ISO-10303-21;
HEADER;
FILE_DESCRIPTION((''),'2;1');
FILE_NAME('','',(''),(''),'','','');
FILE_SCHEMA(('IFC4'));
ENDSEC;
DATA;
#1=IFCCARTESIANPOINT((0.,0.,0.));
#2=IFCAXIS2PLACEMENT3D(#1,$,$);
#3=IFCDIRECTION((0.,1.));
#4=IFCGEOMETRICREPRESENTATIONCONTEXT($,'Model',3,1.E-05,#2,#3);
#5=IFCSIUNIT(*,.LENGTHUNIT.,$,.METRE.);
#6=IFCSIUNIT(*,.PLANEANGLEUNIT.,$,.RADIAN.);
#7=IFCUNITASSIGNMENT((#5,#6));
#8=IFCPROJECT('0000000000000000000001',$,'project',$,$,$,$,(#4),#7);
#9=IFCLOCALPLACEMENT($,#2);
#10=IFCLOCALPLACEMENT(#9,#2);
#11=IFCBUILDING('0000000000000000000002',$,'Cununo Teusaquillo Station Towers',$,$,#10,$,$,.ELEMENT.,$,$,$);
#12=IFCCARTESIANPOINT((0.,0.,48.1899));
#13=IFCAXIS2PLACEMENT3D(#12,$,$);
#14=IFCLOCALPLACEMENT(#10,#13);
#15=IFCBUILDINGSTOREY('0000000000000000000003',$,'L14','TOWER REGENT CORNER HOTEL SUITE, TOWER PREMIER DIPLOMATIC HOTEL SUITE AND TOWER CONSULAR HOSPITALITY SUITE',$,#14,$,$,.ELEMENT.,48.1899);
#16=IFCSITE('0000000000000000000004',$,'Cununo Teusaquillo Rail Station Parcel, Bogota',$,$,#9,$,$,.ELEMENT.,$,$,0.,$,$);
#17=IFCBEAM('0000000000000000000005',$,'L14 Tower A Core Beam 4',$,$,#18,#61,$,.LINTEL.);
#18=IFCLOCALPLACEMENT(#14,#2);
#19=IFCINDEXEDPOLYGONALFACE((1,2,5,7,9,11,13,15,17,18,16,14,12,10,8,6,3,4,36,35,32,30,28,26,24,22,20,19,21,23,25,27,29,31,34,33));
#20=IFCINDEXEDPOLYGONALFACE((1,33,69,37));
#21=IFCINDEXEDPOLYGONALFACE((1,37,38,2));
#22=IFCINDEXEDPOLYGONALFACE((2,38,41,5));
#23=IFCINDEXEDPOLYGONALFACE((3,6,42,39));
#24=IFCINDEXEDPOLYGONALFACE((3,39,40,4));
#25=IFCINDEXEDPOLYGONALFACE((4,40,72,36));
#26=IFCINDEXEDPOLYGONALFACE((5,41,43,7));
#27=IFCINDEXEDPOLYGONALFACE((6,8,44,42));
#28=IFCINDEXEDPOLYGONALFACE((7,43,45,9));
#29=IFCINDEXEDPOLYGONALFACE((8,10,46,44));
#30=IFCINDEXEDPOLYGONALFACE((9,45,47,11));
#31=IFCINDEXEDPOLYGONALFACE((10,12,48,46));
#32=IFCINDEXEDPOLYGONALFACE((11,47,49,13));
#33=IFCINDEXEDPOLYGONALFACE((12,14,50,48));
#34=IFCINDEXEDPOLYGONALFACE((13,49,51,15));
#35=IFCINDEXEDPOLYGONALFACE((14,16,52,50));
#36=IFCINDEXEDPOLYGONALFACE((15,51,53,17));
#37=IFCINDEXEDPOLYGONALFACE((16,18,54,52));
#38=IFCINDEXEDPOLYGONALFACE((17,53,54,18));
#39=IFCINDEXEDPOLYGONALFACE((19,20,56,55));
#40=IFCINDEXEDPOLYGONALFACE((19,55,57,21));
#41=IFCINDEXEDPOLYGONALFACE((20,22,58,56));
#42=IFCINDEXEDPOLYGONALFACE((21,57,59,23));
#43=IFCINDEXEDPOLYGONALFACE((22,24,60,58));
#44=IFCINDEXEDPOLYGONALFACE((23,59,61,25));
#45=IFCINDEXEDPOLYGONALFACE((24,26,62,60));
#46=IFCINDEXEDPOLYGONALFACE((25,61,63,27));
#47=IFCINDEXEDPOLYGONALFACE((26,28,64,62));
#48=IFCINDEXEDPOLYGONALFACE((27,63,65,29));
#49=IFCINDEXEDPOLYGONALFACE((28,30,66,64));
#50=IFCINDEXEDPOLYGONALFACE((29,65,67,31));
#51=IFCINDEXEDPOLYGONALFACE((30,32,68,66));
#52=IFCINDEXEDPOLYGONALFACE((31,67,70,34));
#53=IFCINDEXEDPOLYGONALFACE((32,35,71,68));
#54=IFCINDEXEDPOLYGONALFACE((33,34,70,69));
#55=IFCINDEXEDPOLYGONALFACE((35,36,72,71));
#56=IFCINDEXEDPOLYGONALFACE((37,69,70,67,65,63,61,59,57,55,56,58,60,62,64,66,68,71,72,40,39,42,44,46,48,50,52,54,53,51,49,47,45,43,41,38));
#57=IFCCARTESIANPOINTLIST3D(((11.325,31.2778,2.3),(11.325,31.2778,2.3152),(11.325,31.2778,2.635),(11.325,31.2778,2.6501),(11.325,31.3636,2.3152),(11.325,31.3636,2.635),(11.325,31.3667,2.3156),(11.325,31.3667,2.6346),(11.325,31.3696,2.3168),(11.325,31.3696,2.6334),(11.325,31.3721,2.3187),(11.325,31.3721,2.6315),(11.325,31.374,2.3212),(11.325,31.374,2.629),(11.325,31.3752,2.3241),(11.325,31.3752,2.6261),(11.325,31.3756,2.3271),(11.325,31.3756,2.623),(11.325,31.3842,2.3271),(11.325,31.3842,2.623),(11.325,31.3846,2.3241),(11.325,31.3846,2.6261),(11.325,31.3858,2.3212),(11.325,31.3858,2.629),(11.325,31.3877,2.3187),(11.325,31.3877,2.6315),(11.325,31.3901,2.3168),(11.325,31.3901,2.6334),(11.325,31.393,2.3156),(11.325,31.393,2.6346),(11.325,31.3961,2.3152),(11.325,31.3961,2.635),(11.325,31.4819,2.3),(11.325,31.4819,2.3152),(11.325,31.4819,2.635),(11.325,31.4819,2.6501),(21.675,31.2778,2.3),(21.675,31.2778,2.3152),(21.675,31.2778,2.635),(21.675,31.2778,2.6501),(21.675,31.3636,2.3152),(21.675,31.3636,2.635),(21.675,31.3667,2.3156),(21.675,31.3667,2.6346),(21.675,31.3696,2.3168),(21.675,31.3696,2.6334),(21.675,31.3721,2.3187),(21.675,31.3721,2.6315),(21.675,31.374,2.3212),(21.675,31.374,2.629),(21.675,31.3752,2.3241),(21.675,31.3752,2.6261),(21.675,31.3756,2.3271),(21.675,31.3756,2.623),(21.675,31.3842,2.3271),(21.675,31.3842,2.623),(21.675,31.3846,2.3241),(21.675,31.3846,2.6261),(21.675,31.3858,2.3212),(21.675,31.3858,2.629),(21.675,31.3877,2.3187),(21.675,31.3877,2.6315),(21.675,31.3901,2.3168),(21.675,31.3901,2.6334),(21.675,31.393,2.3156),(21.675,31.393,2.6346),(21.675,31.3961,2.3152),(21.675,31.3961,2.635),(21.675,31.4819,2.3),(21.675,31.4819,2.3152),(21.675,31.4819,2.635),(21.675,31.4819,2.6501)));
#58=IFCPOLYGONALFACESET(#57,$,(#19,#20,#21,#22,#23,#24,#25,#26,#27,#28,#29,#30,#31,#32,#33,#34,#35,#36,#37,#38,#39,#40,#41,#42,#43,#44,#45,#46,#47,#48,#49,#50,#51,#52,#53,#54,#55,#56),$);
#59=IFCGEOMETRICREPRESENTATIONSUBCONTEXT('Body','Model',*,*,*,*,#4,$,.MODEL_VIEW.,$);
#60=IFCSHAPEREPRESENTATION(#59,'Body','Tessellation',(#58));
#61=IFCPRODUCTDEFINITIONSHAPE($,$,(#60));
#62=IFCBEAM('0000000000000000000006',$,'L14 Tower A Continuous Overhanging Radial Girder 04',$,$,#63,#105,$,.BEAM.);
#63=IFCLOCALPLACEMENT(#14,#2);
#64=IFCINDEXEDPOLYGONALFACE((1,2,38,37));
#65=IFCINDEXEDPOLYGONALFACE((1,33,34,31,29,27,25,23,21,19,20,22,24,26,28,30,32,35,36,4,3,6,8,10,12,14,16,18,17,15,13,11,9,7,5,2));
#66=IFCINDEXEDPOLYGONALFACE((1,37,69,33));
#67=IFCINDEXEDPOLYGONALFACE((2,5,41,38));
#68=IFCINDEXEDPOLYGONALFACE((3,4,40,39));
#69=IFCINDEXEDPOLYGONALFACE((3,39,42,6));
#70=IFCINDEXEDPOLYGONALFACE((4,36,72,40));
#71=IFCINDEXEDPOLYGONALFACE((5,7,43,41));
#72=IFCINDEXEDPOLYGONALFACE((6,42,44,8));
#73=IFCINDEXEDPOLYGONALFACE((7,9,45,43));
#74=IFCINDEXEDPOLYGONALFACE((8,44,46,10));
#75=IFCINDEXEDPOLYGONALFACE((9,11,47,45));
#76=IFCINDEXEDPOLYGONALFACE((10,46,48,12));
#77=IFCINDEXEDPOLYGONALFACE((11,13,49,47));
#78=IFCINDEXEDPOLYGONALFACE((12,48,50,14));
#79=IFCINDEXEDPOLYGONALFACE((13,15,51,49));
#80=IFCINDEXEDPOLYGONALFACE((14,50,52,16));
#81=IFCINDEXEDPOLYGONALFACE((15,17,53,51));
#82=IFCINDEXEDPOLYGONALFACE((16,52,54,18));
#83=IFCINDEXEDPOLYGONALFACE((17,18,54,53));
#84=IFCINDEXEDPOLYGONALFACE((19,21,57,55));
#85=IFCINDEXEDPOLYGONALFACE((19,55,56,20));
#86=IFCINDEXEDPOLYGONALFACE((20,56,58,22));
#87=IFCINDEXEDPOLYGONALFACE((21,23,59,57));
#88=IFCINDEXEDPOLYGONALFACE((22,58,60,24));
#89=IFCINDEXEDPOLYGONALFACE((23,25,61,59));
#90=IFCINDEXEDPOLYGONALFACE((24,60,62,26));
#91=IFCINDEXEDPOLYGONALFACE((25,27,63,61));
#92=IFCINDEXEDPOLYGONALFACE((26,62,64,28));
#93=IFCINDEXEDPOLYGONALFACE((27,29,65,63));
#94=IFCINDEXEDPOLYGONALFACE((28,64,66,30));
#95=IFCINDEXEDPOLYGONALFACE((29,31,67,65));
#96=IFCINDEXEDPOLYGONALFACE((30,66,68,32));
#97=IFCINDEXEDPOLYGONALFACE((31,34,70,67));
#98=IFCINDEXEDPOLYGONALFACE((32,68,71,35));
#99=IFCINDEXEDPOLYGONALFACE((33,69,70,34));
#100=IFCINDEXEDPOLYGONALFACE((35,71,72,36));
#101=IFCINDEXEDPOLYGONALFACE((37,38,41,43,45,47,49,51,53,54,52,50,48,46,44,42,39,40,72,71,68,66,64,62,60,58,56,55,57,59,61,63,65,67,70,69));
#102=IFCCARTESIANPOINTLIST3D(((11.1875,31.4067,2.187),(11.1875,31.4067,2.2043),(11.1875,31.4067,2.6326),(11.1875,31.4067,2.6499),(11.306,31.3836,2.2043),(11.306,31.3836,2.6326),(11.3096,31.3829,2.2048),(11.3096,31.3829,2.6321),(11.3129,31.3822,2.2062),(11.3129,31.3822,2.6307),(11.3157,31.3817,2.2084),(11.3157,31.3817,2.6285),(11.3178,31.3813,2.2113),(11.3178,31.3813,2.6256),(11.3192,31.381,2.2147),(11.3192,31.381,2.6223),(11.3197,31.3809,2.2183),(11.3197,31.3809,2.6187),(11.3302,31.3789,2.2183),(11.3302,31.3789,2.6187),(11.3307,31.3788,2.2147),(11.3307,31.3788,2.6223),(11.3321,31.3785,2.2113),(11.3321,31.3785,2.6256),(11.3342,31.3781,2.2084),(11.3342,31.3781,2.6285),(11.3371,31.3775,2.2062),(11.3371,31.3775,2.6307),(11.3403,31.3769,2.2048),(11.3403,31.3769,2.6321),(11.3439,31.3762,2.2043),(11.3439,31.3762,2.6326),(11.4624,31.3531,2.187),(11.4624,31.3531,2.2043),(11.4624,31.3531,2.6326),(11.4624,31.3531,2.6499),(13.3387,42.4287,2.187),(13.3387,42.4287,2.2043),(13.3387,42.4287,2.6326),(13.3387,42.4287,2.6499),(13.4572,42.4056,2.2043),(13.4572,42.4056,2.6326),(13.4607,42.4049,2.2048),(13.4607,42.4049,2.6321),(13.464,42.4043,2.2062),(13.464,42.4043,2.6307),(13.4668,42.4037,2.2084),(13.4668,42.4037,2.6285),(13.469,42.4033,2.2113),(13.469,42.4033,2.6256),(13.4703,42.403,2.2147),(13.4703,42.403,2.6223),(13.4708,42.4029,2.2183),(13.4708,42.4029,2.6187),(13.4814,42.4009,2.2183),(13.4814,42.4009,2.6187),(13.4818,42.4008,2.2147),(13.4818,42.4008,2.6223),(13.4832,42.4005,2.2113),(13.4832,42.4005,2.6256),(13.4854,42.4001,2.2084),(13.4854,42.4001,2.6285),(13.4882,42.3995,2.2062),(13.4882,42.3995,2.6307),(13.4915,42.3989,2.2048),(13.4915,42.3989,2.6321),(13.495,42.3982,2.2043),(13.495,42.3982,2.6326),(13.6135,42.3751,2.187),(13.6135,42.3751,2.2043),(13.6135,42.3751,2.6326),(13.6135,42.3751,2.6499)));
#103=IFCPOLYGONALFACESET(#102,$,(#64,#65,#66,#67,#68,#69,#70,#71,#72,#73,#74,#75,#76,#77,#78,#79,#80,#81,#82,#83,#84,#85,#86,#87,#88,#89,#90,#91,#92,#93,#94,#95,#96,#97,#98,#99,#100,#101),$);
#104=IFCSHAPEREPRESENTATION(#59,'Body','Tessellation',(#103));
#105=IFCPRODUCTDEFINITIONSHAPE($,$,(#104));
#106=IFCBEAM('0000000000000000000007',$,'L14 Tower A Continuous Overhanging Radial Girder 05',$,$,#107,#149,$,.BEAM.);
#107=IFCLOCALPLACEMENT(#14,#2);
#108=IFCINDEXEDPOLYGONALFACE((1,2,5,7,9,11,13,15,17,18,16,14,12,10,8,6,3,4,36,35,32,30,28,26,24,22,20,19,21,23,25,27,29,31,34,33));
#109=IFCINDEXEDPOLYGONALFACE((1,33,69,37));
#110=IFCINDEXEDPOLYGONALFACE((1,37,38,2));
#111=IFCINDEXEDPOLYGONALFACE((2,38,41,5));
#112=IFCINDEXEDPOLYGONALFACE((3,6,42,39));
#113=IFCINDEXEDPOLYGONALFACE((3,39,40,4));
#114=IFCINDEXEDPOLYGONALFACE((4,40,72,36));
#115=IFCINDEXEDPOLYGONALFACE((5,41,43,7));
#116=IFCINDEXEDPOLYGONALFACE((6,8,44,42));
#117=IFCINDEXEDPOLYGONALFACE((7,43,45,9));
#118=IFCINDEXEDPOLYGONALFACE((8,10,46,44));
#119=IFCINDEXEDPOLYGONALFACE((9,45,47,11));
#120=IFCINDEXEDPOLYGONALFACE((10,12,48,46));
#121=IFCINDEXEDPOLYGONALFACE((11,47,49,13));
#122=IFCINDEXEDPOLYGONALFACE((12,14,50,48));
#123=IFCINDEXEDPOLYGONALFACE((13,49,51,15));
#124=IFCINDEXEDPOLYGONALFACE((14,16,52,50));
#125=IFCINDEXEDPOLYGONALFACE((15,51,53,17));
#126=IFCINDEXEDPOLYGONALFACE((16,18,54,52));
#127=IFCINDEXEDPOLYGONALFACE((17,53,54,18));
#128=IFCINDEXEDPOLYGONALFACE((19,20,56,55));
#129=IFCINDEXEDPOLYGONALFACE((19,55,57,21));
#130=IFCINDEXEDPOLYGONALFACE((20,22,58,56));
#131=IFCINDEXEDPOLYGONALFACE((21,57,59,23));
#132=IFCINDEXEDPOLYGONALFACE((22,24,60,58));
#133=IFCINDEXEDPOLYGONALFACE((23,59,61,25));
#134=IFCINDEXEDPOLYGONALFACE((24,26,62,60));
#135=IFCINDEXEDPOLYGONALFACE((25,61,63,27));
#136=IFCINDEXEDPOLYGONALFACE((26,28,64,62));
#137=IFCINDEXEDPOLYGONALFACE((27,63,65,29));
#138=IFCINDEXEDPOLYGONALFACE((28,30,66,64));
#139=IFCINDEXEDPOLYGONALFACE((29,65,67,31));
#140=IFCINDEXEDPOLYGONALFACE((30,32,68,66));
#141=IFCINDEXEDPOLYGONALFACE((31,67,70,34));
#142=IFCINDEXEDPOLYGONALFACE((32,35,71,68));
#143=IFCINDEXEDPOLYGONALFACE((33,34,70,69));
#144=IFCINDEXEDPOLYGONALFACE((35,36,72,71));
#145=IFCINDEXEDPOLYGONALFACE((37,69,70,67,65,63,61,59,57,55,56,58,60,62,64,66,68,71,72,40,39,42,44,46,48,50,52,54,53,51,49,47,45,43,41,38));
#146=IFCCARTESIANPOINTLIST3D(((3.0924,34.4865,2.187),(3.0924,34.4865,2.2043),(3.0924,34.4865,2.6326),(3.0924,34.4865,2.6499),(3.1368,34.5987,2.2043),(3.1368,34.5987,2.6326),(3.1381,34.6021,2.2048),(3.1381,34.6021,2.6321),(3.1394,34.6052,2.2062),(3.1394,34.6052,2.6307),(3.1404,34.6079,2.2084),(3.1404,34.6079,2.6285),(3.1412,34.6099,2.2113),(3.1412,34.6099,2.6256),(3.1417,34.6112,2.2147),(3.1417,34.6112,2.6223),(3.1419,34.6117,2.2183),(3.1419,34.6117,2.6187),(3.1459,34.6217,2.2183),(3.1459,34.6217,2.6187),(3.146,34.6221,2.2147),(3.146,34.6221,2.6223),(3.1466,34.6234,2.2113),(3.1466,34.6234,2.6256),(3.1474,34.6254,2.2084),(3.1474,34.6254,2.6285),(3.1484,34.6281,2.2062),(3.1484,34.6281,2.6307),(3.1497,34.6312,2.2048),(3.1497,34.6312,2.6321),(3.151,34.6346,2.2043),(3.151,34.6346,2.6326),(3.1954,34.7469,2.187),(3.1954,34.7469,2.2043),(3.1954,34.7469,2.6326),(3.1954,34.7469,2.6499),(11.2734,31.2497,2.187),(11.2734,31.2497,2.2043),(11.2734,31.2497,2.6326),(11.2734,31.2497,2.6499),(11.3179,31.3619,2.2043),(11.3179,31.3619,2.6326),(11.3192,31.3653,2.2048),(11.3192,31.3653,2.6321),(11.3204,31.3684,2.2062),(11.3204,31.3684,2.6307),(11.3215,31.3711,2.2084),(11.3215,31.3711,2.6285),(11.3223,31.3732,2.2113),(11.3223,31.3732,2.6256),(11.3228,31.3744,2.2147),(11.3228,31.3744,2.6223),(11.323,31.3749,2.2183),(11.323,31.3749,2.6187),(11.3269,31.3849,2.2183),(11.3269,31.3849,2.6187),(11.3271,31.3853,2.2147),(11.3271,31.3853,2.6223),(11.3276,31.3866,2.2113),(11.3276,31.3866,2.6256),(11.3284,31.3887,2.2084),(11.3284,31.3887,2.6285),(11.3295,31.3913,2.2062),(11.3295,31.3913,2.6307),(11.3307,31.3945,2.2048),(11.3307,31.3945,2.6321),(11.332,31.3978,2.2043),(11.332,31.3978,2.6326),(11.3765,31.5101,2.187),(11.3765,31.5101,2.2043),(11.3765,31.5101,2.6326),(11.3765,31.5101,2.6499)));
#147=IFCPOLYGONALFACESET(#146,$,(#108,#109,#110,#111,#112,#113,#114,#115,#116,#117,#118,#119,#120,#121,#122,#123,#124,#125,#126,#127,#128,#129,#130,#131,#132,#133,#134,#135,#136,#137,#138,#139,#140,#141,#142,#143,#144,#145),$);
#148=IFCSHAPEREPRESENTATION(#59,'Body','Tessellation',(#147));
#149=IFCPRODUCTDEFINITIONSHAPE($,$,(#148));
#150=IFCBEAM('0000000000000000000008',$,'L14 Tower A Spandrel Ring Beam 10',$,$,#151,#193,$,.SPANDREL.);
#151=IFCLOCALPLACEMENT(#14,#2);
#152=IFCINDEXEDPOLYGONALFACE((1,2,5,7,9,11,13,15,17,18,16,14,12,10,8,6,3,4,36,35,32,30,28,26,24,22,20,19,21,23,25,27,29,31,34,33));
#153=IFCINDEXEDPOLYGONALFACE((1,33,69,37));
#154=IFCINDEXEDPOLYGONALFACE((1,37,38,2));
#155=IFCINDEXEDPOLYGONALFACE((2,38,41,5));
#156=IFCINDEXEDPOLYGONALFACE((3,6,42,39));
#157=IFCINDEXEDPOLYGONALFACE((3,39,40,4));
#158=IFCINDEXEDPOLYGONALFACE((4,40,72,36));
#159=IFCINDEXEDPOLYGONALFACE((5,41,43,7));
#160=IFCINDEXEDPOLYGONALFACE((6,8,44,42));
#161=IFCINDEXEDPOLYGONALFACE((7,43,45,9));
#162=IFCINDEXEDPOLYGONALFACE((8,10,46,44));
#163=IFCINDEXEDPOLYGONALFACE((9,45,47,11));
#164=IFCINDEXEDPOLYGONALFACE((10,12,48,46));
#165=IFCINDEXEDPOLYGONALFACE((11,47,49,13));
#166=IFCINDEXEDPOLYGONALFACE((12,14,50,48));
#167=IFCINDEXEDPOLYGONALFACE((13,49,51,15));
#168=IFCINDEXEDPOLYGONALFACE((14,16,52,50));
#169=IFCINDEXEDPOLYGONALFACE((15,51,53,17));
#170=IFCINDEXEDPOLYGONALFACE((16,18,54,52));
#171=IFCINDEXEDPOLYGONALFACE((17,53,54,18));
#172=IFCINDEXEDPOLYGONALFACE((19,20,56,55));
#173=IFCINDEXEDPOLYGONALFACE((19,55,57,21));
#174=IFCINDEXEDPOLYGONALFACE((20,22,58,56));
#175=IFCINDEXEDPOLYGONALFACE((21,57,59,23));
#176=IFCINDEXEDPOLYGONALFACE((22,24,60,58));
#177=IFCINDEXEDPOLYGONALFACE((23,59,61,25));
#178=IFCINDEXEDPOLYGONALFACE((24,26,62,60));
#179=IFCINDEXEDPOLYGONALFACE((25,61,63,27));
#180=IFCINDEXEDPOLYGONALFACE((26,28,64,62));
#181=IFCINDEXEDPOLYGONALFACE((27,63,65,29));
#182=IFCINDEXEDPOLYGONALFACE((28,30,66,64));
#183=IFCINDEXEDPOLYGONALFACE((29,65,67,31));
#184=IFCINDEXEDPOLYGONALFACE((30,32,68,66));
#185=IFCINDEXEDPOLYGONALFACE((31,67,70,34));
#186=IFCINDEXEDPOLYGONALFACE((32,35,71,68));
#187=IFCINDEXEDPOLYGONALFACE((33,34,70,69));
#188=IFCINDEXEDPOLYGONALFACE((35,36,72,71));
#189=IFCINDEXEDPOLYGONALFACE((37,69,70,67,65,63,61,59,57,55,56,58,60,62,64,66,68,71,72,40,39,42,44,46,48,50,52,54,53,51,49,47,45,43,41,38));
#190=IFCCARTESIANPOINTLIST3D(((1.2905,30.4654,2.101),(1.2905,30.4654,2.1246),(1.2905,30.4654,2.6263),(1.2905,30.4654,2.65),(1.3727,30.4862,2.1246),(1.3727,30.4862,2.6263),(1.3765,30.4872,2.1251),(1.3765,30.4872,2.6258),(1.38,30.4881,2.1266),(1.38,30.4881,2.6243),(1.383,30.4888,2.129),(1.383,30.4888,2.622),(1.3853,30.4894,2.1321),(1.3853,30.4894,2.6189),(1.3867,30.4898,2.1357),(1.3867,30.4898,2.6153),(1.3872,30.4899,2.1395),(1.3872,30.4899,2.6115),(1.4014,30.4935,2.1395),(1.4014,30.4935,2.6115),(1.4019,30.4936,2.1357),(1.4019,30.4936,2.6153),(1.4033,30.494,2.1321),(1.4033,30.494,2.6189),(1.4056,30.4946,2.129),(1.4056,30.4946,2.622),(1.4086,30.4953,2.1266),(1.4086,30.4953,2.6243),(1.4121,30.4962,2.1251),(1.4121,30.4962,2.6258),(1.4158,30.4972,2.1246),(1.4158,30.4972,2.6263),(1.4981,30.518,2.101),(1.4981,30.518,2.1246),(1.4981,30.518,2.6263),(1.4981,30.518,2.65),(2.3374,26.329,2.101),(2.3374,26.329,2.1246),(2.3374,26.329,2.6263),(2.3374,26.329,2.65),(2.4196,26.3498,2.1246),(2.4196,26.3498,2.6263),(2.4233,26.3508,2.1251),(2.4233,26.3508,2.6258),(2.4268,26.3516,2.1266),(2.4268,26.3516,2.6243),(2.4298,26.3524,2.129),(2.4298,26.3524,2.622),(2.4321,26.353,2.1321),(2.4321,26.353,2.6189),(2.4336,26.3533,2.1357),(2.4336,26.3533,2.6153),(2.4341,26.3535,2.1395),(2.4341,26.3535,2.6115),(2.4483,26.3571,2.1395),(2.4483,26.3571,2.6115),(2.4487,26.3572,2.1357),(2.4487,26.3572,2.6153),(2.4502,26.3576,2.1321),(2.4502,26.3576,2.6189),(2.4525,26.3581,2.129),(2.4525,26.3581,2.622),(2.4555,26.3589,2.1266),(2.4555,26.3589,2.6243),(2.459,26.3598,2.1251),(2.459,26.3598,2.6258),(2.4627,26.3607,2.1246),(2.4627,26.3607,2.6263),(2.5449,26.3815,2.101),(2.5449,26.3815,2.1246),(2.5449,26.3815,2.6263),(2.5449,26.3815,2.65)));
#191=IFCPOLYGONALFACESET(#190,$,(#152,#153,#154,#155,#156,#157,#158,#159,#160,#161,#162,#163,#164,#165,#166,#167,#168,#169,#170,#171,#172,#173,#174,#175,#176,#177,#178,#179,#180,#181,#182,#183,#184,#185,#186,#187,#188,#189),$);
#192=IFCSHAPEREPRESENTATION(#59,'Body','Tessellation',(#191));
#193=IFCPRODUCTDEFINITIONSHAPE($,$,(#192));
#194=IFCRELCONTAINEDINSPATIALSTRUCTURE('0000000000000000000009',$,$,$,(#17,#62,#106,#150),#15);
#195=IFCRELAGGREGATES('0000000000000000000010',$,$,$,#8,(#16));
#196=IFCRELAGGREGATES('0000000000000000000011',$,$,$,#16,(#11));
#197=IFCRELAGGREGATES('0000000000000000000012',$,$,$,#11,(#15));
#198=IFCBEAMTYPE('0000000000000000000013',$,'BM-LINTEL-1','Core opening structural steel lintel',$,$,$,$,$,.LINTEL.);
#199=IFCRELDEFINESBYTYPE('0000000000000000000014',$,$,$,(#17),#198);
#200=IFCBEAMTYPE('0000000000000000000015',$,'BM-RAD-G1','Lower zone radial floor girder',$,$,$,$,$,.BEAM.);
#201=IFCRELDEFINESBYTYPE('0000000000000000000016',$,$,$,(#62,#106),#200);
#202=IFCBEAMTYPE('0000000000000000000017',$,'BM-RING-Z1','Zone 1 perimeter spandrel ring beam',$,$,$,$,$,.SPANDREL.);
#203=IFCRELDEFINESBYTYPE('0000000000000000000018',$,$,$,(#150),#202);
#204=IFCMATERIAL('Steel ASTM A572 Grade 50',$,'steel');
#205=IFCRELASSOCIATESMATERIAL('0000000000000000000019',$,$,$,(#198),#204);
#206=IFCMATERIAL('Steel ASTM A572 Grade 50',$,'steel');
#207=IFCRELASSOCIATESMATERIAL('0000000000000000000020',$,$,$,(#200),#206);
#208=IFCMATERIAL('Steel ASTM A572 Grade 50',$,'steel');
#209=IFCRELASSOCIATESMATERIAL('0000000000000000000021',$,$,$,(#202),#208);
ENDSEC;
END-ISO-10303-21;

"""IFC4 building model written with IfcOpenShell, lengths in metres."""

from ifc_helpers import new_model, si_unit, direction, frame, origin, origin_2d, place, context, subcontext, project, spatial, i_section, extrude, material, material_profile, profile_set, type_object, element, save


model = new_model("IFC4")

# Units and contexts
model_context = context("Model", 3, precision=1e-05, world=origin(), true_north=direction((0.0, 1.0)))
body_context = subcontext(model_context, "Body", "Model", "MODEL_VIEW")
ifc_project = project(units=[si_unit("LENGTHUNIT", "METRE"), si_unit("PLANEANGLEUNIT", "RADIAN")], contexts=[model_context])

# Site, building, storey
site_placement = place(None, origin())
site = spatial("IfcSite", under=ifc_project, at=site_placement, Name="Cununo Teusaquillo Rail Station Parcel, Bogota", CompositionType="ELEMENT", RefElevation=0.0)
building_placement = place(site_placement, origin())
building = spatial("IfcBuilding", under=site, at=building_placement, Name="Cununo Teusaquillo Station Towers", CompositionType="ELEMENT")
storey_placement = place(building_placement, frame((0.0, 0.0, 48.1899)))
storey = spatial("IfcBuildingStorey", under=building, at=storey_placement, Name="L14", Description="TOWER REGENT CORNER HOTEL SUITE, TOWER PREMIER DIPLOMATIC HOTEL SUITE AND TOWER CONSULAR HOSPITALITY SUITE", CompositionType="ELEMENT", Elevation=48.1899)

# Beams
ifc_material_1 = material(Name="Steel ASTM A572 Grade 50", Category="steel")
ifc_material_profile_1 = material_profile(ifc_material_1, i_section(OverallWidth=0.2041, OverallDepth=0.3501, WebThickness=0.0085, FlangeThickness=0.0151, FilletRadius=0.012, at=origin_2d()), Name="W14X48")
ifc_profile_set_1 = profile_set([ifc_material_profile_1], Name="Steel ASTM A572 Grade 50")
beam_type_1 = type_object("IfcBeamType", Name="BM-LINTEL-1", Description="Core opening structural steel lintel", PredefinedType="LINTEL", material=ifc_profile_set_1)
beam_1_placement = place(storey_placement, frame((11.325, 31.3799, 2.4751), z_axis=(1.0, 0.0, 0.0), x_axis=(0.0, 1.0, 0.0)))
element("IfcBeam", 1, at=beam_1_placement, inside=storey, type_object=beam_type_1, Name="L14 Tower A Core Beam 4", PredefinedType="LINTEL", context=body_context, shape_type="SweptSolid", body=[
    extrude(i_section(OverallWidth=0.2041, OverallDepth=0.3501, WebThickness=0.0085, FlangeThickness=0.0151, FilletRadius=0.012, at=origin_2d()), origin(), (0.0, 0.0, 1.0), 10.3501),
])
ifc_material_2 = material(Name="Steel ASTM A572 Grade 50", Category="steel")
ifc_material_profile_2 = material_profile(ifc_material_2, i_section(OverallWidth=0.28, OverallDepth=0.4629, WebThickness=0.0107, FlangeThickness=0.0173, FilletRadius=0.0139, at=origin_2d()), Name="W18X76")
ifc_profile_set_2 = profile_set([ifc_material_profile_2], Name="Steel ASTM A572 Grade 50")
beam_type_2 = type_object("IfcBeamType", Name="BM-RAD-G1", Description="Lower zone radial floor girder", PredefinedType="BEAM", material=ifc_profile_set_2)
beam_2_placement = place(storey_placement, frame((11.325, 31.3799, 2.4185), z_axis=(0.191553, 0.981482, 0.0), x_axis=(-0.981482, 0.191553, 0.0)))
element("IfcBeam", 2, at=beam_2_placement, inside=storey, type_object=beam_type_2, Name="L14 Tower A Continuous Overhanging Radial Girder 04", PredefinedType="BEAM", context=body_context, shape_type="SweptSolid", body=[
    extrude(i_section(OverallWidth=0.28, OverallDepth=0.4629, WebThickness=0.0107, FlangeThickness=0.0173, FilletRadius=0.0139, at=origin_2d()), origin(), (0.0, 0.0, 1.0), 11.23),
])
beam_3_placement = place(storey_placement, frame((11.325, 31.3799, 2.4185), z_axis=(-0.929867, 0.367896, 0.0), x_axis=(-0.367896, -0.929867, 0.0)))
element("IfcBeam", 3, at=beam_3_placement, inside=storey, type_object=beam_type_2, Name="L14 Tower A Continuous Overhanging Radial Girder 05", PredefinedType="BEAM", context=body_context, shape_type="SweptSolid", body=[
    extrude(i_section(OverallWidth=0.28, OverallDepth=0.4629, WebThickness=0.0107, FlangeThickness=0.0173, FilletRadius=0.0139, at=origin_2d()), origin(), (0.0, 0.0, 1.0), 8.7981),
])
ifc_material_3 = material(Name="Steel ASTM A572 Grade 50", Category="steel")
ifc_material_profile_3 = material_profile(ifc_material_3, i_section(OverallWidth=0.2141, OverallDepth=0.5491, WebThickness=0.0146, FlangeThickness=0.0237, FilletRadius=0.0149, at=origin_2d()), Name="W21X93")
ifc_profile_set_3 = profile_set([ifc_material_profile_3], Name="Steel ASTM A572 Grade 50")
beam_type_3 = type_object("IfcBeamType", Name="BM-RING-Z1", Description="Zone 1 perimeter spandrel ring beam", PredefinedType="SPANDREL", material=ifc_profile_set_3)
beam_4_placement = place(storey_placement, frame((1.3943, 30.4917, 2.3755), z_axis=(0.245348, -0.969435, 0.0), x_axis=(0.969435, 0.245348, 0.0)))
element("IfcBeam", 4, at=beam_4_placement, inside=storey, type_object=beam_type_3, Name="L14 Tower A Spandrel Ring Beam 10", PredefinedType="SPANDREL", context=body_context, shape_type="SweptSolid", body=[
    extrude(i_section(OverallWidth=0.2141, OverallDepth=0.5491, WebThickness=0.0146, FlangeThickness=0.0237, FilletRadius=0.0149, at=origin_2d()), origin(), (0.0, 0.0, 1.0), 4.2668),
])

save(model, "model.ifc")
